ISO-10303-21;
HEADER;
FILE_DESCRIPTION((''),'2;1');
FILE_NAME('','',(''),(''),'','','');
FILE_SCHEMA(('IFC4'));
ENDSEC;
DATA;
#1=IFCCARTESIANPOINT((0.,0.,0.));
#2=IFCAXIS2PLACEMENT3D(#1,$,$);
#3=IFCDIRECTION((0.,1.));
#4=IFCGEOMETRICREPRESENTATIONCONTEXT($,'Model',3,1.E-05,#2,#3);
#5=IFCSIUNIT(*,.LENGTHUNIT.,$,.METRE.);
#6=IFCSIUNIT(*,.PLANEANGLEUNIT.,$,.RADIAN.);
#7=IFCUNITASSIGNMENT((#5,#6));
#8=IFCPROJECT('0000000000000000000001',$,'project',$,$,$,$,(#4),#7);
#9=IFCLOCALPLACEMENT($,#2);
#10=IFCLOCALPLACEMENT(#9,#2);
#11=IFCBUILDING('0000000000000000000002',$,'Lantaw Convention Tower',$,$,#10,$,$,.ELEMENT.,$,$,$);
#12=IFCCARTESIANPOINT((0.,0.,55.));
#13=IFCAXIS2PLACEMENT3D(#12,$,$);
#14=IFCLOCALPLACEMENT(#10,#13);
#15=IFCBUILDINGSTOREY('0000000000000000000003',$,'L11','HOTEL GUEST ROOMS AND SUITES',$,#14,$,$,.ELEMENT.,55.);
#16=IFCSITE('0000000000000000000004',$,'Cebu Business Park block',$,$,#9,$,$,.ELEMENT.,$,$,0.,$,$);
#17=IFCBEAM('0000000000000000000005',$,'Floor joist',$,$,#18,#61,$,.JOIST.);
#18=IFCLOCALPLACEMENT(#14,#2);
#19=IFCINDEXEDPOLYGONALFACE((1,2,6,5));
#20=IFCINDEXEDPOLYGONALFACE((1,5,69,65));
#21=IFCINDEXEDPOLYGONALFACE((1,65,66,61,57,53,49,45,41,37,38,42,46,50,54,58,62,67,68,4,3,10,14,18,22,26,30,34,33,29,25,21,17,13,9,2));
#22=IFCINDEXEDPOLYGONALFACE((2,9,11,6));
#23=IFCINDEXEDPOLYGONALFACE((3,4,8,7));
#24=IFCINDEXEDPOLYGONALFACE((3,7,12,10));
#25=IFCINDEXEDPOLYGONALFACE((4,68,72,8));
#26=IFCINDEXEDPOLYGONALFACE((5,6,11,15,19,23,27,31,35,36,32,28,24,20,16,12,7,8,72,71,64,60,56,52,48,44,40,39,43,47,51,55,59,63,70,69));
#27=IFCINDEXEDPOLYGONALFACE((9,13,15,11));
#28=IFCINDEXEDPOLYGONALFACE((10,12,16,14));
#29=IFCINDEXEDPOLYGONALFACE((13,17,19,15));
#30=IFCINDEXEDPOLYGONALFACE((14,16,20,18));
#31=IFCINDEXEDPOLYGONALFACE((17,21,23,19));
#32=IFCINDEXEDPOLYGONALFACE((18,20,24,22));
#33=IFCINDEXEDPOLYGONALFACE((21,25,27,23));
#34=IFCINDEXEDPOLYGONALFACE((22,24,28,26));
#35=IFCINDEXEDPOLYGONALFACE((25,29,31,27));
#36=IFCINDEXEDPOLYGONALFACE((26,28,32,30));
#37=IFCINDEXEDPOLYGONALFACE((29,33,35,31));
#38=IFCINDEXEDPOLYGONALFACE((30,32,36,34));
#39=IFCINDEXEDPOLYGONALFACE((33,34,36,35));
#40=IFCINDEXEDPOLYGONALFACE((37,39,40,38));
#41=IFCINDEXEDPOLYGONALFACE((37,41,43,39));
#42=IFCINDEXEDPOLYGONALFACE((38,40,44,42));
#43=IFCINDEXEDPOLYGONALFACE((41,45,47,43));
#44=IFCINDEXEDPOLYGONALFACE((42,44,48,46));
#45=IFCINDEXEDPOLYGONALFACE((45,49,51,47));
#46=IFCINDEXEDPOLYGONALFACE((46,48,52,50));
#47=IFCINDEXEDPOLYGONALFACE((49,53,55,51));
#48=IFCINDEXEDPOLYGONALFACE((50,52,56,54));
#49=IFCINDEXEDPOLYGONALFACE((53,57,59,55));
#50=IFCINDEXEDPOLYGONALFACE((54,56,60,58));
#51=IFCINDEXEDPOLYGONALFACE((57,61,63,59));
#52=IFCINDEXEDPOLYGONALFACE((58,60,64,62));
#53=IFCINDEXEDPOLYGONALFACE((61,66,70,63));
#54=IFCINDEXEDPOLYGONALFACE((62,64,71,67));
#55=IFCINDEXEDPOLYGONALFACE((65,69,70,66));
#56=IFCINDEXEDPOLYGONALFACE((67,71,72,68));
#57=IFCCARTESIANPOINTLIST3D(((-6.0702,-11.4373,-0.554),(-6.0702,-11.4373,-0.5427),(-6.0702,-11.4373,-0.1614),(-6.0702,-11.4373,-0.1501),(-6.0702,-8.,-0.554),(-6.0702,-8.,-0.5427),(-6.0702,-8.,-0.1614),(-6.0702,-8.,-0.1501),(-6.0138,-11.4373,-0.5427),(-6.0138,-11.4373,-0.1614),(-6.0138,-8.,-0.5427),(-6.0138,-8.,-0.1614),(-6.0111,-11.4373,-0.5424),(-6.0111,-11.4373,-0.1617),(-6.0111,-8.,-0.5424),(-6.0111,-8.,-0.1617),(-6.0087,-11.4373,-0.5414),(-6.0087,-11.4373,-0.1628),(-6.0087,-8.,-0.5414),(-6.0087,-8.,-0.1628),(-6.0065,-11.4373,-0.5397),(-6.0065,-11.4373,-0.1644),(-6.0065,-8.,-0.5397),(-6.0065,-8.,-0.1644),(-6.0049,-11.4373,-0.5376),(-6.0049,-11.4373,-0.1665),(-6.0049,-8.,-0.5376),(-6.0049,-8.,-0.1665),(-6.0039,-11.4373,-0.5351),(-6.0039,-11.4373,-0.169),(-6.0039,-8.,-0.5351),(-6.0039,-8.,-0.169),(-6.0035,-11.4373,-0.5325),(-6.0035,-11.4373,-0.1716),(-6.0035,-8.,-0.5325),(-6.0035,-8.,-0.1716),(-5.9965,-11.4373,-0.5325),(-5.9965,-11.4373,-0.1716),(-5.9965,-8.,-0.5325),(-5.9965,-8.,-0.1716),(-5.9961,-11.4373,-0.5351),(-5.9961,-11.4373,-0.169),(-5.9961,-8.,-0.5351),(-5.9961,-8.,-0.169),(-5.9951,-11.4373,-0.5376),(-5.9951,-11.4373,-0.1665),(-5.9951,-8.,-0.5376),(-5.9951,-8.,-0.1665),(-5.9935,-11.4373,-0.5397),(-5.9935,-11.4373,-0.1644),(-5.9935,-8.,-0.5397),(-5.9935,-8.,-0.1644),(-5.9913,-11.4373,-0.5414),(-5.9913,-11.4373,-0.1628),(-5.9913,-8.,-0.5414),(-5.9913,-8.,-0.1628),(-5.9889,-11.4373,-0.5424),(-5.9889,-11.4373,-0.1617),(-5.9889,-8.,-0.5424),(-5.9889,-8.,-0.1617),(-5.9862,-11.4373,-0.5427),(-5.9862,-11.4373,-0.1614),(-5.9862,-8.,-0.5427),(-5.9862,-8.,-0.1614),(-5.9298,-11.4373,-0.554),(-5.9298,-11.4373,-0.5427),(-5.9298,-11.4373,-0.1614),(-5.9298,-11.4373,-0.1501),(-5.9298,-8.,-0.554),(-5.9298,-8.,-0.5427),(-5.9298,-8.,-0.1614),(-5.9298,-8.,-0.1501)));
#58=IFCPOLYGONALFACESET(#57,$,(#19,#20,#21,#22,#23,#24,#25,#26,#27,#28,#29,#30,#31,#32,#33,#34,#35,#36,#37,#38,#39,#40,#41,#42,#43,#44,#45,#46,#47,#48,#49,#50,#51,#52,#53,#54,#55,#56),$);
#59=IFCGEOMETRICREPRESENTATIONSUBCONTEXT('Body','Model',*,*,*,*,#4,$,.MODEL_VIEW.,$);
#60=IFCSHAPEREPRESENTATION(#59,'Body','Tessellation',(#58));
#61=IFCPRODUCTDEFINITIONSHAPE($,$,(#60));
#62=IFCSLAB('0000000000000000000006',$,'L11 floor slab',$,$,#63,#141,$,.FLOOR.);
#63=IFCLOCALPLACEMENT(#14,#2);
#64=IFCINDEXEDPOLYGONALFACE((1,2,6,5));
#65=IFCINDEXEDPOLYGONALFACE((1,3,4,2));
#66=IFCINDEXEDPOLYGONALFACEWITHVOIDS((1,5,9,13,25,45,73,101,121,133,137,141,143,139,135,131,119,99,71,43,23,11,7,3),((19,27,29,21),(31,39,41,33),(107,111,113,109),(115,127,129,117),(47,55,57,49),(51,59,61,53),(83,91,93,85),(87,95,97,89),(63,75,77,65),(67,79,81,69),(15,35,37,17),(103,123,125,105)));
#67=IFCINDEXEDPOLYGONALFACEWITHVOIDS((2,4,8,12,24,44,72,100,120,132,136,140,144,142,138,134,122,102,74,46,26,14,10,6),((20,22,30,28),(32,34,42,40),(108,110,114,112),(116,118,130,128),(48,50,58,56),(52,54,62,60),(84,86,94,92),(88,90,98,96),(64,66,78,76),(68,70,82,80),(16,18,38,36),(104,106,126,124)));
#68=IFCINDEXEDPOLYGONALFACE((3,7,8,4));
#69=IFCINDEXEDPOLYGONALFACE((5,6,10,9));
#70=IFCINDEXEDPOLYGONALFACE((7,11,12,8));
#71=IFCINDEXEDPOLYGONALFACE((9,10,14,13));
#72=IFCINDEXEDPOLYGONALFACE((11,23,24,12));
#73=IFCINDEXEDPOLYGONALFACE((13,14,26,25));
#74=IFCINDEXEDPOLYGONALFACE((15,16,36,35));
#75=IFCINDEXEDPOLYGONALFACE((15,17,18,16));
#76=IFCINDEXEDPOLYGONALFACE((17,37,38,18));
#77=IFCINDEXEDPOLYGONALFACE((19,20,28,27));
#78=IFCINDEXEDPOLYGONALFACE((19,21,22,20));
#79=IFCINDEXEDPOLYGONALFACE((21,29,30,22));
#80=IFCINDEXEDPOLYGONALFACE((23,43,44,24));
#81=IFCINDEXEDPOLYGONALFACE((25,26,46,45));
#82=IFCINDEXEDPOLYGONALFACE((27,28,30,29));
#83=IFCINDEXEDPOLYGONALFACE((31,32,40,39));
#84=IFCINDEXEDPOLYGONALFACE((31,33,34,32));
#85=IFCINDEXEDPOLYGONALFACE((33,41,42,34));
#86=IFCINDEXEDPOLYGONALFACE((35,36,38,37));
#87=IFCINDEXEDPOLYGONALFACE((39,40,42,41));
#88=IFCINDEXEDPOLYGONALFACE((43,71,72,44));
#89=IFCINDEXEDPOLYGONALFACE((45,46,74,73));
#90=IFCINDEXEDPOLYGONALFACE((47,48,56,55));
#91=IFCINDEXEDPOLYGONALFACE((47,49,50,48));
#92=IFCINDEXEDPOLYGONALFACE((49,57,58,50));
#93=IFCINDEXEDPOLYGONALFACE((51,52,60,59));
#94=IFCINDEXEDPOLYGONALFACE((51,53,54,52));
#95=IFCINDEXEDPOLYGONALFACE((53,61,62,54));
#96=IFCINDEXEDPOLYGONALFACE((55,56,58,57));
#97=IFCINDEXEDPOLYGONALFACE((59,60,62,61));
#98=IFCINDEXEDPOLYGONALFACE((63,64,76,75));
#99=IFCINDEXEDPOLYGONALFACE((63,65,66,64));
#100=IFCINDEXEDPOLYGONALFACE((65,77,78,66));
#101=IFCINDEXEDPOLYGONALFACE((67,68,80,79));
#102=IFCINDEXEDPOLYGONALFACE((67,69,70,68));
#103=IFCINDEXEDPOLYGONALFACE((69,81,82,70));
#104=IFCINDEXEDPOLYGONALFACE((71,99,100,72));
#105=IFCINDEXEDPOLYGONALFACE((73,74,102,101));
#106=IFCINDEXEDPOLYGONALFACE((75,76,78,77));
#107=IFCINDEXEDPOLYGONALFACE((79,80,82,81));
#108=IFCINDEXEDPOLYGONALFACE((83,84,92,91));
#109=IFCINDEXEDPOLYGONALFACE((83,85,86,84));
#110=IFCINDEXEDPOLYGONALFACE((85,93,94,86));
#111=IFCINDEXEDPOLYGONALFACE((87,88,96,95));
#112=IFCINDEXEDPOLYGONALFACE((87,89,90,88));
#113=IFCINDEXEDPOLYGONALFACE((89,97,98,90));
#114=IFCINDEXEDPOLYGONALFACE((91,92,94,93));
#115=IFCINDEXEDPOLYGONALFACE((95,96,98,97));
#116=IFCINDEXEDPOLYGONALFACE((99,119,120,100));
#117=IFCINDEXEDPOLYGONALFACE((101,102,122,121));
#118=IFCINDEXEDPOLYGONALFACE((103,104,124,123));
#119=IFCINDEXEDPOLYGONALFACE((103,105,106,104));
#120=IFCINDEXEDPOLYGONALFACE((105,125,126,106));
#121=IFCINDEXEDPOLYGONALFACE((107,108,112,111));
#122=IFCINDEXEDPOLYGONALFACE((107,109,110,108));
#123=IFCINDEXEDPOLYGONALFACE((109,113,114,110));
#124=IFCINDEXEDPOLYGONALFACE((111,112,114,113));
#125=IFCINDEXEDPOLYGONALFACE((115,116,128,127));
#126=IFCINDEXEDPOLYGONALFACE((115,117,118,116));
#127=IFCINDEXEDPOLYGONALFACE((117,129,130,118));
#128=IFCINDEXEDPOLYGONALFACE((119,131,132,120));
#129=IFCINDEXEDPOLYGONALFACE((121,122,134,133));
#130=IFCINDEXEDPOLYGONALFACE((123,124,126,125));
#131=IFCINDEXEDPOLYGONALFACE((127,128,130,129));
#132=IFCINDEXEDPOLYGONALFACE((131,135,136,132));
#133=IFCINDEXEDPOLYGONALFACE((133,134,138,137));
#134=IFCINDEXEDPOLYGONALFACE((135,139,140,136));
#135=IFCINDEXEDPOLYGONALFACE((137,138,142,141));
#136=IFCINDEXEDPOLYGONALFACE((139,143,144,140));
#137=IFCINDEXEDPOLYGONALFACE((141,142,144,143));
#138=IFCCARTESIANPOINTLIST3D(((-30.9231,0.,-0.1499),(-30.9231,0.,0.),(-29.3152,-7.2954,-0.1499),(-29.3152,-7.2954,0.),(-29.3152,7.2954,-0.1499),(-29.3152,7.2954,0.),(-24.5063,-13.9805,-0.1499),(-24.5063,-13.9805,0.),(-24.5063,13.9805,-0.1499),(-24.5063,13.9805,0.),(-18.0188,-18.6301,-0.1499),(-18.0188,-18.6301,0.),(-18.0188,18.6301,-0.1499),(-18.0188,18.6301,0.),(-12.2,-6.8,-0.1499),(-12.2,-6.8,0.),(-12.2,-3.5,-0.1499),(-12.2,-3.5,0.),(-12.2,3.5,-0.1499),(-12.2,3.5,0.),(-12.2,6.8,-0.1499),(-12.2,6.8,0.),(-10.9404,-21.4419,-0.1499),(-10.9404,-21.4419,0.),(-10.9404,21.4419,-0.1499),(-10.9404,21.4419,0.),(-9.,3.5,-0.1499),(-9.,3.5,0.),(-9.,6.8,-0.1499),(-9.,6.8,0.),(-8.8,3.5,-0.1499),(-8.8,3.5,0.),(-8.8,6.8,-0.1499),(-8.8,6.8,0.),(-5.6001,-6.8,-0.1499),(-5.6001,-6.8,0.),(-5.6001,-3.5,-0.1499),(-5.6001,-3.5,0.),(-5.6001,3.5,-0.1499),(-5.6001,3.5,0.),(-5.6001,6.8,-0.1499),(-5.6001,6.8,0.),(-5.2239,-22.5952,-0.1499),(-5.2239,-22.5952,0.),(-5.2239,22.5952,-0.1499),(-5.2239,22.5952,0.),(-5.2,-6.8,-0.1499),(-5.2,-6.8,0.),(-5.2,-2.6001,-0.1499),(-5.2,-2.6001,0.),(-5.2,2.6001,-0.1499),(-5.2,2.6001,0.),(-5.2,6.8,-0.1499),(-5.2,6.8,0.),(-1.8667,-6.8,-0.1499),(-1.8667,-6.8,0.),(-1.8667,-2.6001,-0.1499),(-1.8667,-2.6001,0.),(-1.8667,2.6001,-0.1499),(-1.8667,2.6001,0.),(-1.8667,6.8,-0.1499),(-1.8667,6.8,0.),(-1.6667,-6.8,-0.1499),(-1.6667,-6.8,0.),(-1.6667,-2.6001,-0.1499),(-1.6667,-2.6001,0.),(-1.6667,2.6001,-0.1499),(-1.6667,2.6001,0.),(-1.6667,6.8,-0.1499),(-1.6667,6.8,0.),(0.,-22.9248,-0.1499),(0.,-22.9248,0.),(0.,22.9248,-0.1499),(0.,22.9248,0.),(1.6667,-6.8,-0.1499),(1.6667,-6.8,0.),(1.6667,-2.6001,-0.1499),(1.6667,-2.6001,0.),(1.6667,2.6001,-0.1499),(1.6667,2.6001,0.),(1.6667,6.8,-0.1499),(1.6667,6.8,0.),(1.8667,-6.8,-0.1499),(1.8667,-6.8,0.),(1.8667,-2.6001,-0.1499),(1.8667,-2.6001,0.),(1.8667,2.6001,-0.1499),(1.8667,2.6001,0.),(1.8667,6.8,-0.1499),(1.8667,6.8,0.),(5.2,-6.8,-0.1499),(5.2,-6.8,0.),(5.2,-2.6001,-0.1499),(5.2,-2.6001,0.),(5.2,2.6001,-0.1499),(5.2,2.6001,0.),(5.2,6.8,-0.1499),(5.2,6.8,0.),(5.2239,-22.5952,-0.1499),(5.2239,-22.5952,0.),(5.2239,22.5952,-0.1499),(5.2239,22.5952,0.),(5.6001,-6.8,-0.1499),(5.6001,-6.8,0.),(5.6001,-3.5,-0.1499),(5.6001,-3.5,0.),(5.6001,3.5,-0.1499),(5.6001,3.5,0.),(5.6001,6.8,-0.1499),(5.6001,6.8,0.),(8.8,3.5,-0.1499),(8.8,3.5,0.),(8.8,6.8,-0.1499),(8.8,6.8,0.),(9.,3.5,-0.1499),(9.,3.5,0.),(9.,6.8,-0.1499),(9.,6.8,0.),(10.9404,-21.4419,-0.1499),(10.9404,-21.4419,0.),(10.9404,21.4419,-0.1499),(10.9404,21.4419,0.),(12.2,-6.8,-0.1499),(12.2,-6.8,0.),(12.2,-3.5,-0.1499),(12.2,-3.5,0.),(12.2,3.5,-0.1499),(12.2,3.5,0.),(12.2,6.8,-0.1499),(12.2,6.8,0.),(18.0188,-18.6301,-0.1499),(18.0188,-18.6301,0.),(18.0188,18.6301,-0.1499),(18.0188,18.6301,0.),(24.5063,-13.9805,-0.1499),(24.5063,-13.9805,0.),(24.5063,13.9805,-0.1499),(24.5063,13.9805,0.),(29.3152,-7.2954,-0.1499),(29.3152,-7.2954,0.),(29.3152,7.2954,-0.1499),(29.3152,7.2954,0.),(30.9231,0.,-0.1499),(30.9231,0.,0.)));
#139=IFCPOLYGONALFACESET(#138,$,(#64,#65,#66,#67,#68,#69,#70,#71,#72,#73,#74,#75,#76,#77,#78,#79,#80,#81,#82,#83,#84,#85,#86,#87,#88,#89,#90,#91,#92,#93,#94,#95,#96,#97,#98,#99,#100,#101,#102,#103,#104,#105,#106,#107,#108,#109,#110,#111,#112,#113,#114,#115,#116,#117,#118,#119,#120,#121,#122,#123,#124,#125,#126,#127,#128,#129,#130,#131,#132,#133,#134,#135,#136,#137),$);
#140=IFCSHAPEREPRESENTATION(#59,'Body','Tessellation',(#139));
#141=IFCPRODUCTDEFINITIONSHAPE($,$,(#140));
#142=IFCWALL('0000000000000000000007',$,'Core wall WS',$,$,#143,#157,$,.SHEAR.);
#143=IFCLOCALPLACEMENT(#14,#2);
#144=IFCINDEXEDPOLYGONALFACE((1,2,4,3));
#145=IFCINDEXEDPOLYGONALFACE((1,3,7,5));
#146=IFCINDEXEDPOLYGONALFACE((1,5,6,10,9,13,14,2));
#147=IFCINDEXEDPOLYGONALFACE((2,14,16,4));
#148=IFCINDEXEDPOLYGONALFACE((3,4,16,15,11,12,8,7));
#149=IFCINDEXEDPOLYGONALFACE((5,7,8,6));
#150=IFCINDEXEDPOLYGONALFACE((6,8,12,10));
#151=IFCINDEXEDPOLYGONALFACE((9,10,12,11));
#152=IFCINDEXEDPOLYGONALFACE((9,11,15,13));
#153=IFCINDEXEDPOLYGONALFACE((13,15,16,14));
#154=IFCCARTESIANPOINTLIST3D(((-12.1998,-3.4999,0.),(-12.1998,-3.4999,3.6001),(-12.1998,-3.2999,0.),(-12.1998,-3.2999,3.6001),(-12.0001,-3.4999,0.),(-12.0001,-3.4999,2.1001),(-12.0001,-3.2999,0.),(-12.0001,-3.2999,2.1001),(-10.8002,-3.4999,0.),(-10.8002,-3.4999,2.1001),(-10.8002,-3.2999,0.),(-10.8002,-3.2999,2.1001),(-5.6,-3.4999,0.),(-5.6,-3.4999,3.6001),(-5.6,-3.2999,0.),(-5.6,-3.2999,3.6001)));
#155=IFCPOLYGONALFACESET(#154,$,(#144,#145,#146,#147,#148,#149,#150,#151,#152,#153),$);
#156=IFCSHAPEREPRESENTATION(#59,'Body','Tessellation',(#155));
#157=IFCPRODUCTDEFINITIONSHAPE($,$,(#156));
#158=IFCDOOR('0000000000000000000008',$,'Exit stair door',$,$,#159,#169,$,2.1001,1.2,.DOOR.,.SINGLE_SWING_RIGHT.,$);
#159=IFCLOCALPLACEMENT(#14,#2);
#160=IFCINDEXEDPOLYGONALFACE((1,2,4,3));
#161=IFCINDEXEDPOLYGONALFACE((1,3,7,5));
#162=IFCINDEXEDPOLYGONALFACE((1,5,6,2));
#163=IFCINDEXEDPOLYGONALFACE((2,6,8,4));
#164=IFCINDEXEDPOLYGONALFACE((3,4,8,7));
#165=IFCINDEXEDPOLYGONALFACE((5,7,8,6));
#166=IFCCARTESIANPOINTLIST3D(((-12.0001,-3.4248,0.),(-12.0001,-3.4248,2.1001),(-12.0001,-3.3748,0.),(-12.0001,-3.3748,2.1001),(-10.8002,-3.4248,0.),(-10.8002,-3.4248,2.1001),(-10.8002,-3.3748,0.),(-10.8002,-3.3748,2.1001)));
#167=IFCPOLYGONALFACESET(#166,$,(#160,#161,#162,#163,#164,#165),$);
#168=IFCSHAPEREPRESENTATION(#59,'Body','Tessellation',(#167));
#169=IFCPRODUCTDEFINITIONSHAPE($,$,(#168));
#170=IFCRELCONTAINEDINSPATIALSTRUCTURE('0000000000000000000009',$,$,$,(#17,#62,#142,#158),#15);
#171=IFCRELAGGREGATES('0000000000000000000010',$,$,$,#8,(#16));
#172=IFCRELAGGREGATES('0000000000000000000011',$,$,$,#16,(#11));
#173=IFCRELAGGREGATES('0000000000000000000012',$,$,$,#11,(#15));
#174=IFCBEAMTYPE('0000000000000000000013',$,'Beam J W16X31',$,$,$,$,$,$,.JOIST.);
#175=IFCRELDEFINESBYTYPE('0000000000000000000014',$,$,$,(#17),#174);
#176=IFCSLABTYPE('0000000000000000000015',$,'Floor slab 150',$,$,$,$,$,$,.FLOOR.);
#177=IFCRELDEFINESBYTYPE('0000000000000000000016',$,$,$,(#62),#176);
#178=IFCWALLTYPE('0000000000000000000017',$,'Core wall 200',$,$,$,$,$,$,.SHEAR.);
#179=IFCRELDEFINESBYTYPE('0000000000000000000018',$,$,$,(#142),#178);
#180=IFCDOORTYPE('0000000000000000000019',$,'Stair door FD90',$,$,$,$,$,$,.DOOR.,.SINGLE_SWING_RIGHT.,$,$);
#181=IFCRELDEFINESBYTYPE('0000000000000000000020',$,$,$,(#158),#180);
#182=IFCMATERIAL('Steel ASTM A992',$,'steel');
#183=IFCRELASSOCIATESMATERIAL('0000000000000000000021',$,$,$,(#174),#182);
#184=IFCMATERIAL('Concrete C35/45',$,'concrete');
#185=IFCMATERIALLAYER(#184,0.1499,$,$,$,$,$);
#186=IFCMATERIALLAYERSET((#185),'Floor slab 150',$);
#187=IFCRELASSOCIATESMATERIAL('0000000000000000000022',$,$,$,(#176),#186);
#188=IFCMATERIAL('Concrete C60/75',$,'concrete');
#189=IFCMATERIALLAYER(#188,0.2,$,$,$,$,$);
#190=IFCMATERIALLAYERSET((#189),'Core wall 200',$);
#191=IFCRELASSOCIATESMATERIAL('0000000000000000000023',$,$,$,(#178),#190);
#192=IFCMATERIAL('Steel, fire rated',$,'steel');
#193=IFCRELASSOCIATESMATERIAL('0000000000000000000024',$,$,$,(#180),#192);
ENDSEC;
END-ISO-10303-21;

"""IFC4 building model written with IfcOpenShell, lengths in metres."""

from ifc_helpers import new_model, si_unit, direction, frame, frame_2d, origin, origin_2d, place, context, subcontext, project, spatial, polyline, rectangle, i_section, outline, extrude, material, layer, layer_set, material_profile, profile_set, type_object, element, fill, save


model = new_model("IFC4")

# Units and contexts
model_context = context("Model", 3, precision=1e-05, world=origin(), true_north=direction((0.0, 1.0)))
body_context = subcontext(model_context, "Body", "Model", "MODEL_VIEW")
ifc_project = project(units=[si_unit("LENGTHUNIT", "METRE"), si_unit("PLANEANGLEUNIT", "RADIAN")], contexts=[model_context])

# Site, building, storey
site_placement = place(None, origin())
site = spatial("IfcSite", under=ifc_project, at=site_placement, Name="Cebu Business Park block", CompositionType="ELEMENT", RefElevation=0.0)
building_placement = place(site_placement, origin())
building = spatial("IfcBuilding", under=site, at=building_placement, Name="Lantaw Convention Tower", CompositionType="ELEMENT")
storey_placement = place(building_placement, frame((0.0, 0.0, 55.0)))
storey = spatial("IfcBuildingStorey", under=building, at=storey_placement, Name="L11", Description="HOTEL GUEST ROOMS AND SUITES", CompositionType="ELEMENT", Elevation=55.0)

# Beam
ifc_material_1 = material(Name="Steel ASTM A992", Category="steel")
ifc_material_profile_1 = material_profile(ifc_material_1, i_section(OverallWidth=0.1404, OverallDepth=0.4038, WebThickness=0.0071, FlangeThickness=0.0112, FilletRadius=0.0103, at=origin_2d()), Name="W16X31")
ifc_profile_set_1 = profile_set([ifc_material_profile_1], Name="Steel ASTM A992")
beam_type_1 = type_object("IfcBeamType", Name="Beam J W16X31", PredefinedType="JOIST", material=ifc_profile_set_1)
beam_1_placement = place(storey_placement, frame((-6.0, -11.4373, -0.3521), z_axis=(0.0, 1.0, 0.0), x_axis=(-1.0, 0.0, 0.0)))
element("IfcBeam", 1, at=beam_1_placement, inside=storey, type_object=beam_type_1, Name="Floor joist", PredefinedType="JOIST", context=body_context, shape_type="SweptSolid", body=[
    extrude(i_section(OverallWidth=0.1404, OverallDepth=0.4038, WebThickness=0.0071, FlangeThickness=0.0112, FilletRadius=0.0103, at=origin_2d()), origin(), (0.0, 0.0, 1.0), 3.4373),
])

# Slab
ifc_material_2 = material(Name="Concrete C35/45", Category="concrete")
ifc_layer_1 = layer(ifc_material_2, 0.1499)
ifc_layer_set_1 = layer_set([ifc_layer_1], Name="Floor slab 150")
slab_type = type_object("IfcSlabType", Name="Floor slab 150", PredefinedType="FLOOR", material=ifc_layer_set_1)
slab_placement = place(storey_placement, frame((0.0, 0.0, -0.1499)))
element("IfcSlab", 2, at=slab_placement, inside=storey, type_object=slab_type, Name="L11 floor slab", PredefinedType="FLOOR", context=body_context, shape_type="SweptSolid", body=[
    extrude(outline(polyline([(29.3152, -7.2954), (30.9231, 0.0), (29.3152, 7.2954), (24.5063, 13.9805), (18.0188, 18.6301), (10.9404, 21.4419), (5.2239, 22.5952), (0.0, 22.9248), (-5.2239, 22.5952), (-10.9404, 21.4419), (-18.0188, 18.6301), (-24.5063, 13.9805), (-29.3152, 7.2954), (-30.9231, 0.0), (-29.3152, -7.2954), (-24.5063, -13.9805), (-18.0188, -18.6301), (-10.9404, -21.4419), (-5.2239, -22.5952), (0.0, -22.9248), (5.2239, -22.5952), (10.9404, -21.4419), (18.0188, -18.6301), (24.5063, -13.9805), (29.3152, -7.2954)]), holes=[polyline([(-5.6001, -3.5), (-12.2, -3.5), (-12.2, -6.8), (-5.6001, -6.8), (-5.6001, -3.5)]), polyline([(-1.8667, -6.8), (-1.8667, -2.6001), (-5.2, -2.6001), (-5.2, -6.8), (-1.8667, -6.8)]), polyline([(-1.8667, 2.6001), (-1.8667, 6.8), (-5.2, 6.8), (-5.2, 2.6001), (-1.8667, 2.6001)]), polyline([(1.6667, 6.8), (-1.6667, 6.8), (-1.6667, 2.6001), (1.6667, 2.6001), (1.6667, 6.8)]), polyline([(-9.0, 3.5), (-9.0, 6.8), (-12.2, 6.8), (-12.2, 3.5), (-9.0, 3.5)]), polyline([(-5.6001, 3.5), (-5.6001, 6.8), (-8.8, 6.8), (-8.8, 3.5), (-5.6001, 3.5)]), polyline([(12.2, -3.5), (5.6001, -3.5), (5.6001, -6.8), (12.2, -6.8), (12.2, -3.5)]), polyline([(1.6667, -6.8), (1.6667, -2.6001), (-1.6667, -2.6001), (-1.6667, -6.8), (1.6667, -6.8)]), polyline([(5.2, -6.8), (5.2, -2.6001), (1.8667, -2.6001), (1.8667, -6.8), (5.2, -6.8)]), polyline([(5.2, 6.8), (1.8667, 6.8), (1.8667, 2.6001), (5.2, 2.6001), (5.2, 6.8)]), polyline([(8.8, 3.5), (8.8, 6.8), (5.6001, 6.8), (5.6001, 3.5), (8.8, 3.5)]), polyline([(12.2, 3.5), (12.2, 6.8), (9.0, 6.8), (9.0, 3.5), (12.2, 3.5)])]), origin(), (0.0, 0.0, 1.0), 0.1499),
])

# Wall, opening, door
ifc_material_3 = material(Name="Concrete C60/75", Category="concrete")
ifc_layer_2 = layer(ifc_material_3, 0.2)
ifc_layer_set_2 = layer_set([ifc_layer_2], Name="Core wall 200")
wall_type_1 = type_object("IfcWallType", Name="Core wall 200", PredefinedType="SHEAR", material=ifc_layer_set_2)
wall_1_placement = place(storey_placement, frame((-5.6001, -3.3999, 0.0), z_axis=(0.0, 0.0, 1.0), x_axis=(-1.0, 0.0, 0.0)))
wall_1 = element("IfcWall", 3, at=wall_1_placement, inside=storey, type_object=wall_type_1, Name="Core wall WS", PredefinedType="SHEAR", context=body_context, shape_type="SweptSolid", body=[
    extrude(rectangle(XDim=6.5999, YDim=0.2, at=frame_2d((3.2998, 0.0))), origin(), (0.0, 0.0, 1.0), 3.6001),
])
opening_1_placement = place(wall_1_placement, frame((5.2, 0.0, 0.0)))
opening_1 = element("IfcOpeningElement", 4, at=opening_1_placement, cuts=wall_1, PredefinedType="OPENING", context=body_context, shape_type="SweptSolid", body=[
    extrude(rectangle(XDim=1.2, YDim=2.1001, at=frame_2d((0.6001, 1.05))), frame((0.0, 0.1099, 0.0), z_axis=(0.0, -1.0, 0.0), x_axis=(1.0, 0.0, 0.0)), (0.0, 0.0, 1.0), 0.22),
])
ifc_material_4 = material(Name="Steel, fire rated", Category="steel")
door_type_1 = type_object("IfcDoorType", Name="Stair door FD90", OperationType="SINGLE_SWING_RIGHT", PredefinedType="DOOR", material=ifc_material_4)
door_1_placement = place(opening_1_placement, origin())
door_1 = element("IfcDoor", 5, at=door_1_placement, inside=storey, type_object=door_type_1, Name="Exit stair door", OperationType="SINGLE_SWING_RIGHT", OverallHeight=2.1001, OverallWidth=1.2, PredefinedType="DOOR", context=body_context, shape_type="SweptSolid", body=[
    extrude(rectangle(XDim=1.2, YDim=2.1001, at=frame_2d((0.6001, 1.05))), frame((0.0, 0.0249, 0.0), z_axis=(0.0, -1.0, 0.0), x_axis=(1.0, 0.0, 0.0)), (0.0, 0.0, 1.0), 0.05),
])
fill(opening_1, door_1)

save(model, "model.ifc")
